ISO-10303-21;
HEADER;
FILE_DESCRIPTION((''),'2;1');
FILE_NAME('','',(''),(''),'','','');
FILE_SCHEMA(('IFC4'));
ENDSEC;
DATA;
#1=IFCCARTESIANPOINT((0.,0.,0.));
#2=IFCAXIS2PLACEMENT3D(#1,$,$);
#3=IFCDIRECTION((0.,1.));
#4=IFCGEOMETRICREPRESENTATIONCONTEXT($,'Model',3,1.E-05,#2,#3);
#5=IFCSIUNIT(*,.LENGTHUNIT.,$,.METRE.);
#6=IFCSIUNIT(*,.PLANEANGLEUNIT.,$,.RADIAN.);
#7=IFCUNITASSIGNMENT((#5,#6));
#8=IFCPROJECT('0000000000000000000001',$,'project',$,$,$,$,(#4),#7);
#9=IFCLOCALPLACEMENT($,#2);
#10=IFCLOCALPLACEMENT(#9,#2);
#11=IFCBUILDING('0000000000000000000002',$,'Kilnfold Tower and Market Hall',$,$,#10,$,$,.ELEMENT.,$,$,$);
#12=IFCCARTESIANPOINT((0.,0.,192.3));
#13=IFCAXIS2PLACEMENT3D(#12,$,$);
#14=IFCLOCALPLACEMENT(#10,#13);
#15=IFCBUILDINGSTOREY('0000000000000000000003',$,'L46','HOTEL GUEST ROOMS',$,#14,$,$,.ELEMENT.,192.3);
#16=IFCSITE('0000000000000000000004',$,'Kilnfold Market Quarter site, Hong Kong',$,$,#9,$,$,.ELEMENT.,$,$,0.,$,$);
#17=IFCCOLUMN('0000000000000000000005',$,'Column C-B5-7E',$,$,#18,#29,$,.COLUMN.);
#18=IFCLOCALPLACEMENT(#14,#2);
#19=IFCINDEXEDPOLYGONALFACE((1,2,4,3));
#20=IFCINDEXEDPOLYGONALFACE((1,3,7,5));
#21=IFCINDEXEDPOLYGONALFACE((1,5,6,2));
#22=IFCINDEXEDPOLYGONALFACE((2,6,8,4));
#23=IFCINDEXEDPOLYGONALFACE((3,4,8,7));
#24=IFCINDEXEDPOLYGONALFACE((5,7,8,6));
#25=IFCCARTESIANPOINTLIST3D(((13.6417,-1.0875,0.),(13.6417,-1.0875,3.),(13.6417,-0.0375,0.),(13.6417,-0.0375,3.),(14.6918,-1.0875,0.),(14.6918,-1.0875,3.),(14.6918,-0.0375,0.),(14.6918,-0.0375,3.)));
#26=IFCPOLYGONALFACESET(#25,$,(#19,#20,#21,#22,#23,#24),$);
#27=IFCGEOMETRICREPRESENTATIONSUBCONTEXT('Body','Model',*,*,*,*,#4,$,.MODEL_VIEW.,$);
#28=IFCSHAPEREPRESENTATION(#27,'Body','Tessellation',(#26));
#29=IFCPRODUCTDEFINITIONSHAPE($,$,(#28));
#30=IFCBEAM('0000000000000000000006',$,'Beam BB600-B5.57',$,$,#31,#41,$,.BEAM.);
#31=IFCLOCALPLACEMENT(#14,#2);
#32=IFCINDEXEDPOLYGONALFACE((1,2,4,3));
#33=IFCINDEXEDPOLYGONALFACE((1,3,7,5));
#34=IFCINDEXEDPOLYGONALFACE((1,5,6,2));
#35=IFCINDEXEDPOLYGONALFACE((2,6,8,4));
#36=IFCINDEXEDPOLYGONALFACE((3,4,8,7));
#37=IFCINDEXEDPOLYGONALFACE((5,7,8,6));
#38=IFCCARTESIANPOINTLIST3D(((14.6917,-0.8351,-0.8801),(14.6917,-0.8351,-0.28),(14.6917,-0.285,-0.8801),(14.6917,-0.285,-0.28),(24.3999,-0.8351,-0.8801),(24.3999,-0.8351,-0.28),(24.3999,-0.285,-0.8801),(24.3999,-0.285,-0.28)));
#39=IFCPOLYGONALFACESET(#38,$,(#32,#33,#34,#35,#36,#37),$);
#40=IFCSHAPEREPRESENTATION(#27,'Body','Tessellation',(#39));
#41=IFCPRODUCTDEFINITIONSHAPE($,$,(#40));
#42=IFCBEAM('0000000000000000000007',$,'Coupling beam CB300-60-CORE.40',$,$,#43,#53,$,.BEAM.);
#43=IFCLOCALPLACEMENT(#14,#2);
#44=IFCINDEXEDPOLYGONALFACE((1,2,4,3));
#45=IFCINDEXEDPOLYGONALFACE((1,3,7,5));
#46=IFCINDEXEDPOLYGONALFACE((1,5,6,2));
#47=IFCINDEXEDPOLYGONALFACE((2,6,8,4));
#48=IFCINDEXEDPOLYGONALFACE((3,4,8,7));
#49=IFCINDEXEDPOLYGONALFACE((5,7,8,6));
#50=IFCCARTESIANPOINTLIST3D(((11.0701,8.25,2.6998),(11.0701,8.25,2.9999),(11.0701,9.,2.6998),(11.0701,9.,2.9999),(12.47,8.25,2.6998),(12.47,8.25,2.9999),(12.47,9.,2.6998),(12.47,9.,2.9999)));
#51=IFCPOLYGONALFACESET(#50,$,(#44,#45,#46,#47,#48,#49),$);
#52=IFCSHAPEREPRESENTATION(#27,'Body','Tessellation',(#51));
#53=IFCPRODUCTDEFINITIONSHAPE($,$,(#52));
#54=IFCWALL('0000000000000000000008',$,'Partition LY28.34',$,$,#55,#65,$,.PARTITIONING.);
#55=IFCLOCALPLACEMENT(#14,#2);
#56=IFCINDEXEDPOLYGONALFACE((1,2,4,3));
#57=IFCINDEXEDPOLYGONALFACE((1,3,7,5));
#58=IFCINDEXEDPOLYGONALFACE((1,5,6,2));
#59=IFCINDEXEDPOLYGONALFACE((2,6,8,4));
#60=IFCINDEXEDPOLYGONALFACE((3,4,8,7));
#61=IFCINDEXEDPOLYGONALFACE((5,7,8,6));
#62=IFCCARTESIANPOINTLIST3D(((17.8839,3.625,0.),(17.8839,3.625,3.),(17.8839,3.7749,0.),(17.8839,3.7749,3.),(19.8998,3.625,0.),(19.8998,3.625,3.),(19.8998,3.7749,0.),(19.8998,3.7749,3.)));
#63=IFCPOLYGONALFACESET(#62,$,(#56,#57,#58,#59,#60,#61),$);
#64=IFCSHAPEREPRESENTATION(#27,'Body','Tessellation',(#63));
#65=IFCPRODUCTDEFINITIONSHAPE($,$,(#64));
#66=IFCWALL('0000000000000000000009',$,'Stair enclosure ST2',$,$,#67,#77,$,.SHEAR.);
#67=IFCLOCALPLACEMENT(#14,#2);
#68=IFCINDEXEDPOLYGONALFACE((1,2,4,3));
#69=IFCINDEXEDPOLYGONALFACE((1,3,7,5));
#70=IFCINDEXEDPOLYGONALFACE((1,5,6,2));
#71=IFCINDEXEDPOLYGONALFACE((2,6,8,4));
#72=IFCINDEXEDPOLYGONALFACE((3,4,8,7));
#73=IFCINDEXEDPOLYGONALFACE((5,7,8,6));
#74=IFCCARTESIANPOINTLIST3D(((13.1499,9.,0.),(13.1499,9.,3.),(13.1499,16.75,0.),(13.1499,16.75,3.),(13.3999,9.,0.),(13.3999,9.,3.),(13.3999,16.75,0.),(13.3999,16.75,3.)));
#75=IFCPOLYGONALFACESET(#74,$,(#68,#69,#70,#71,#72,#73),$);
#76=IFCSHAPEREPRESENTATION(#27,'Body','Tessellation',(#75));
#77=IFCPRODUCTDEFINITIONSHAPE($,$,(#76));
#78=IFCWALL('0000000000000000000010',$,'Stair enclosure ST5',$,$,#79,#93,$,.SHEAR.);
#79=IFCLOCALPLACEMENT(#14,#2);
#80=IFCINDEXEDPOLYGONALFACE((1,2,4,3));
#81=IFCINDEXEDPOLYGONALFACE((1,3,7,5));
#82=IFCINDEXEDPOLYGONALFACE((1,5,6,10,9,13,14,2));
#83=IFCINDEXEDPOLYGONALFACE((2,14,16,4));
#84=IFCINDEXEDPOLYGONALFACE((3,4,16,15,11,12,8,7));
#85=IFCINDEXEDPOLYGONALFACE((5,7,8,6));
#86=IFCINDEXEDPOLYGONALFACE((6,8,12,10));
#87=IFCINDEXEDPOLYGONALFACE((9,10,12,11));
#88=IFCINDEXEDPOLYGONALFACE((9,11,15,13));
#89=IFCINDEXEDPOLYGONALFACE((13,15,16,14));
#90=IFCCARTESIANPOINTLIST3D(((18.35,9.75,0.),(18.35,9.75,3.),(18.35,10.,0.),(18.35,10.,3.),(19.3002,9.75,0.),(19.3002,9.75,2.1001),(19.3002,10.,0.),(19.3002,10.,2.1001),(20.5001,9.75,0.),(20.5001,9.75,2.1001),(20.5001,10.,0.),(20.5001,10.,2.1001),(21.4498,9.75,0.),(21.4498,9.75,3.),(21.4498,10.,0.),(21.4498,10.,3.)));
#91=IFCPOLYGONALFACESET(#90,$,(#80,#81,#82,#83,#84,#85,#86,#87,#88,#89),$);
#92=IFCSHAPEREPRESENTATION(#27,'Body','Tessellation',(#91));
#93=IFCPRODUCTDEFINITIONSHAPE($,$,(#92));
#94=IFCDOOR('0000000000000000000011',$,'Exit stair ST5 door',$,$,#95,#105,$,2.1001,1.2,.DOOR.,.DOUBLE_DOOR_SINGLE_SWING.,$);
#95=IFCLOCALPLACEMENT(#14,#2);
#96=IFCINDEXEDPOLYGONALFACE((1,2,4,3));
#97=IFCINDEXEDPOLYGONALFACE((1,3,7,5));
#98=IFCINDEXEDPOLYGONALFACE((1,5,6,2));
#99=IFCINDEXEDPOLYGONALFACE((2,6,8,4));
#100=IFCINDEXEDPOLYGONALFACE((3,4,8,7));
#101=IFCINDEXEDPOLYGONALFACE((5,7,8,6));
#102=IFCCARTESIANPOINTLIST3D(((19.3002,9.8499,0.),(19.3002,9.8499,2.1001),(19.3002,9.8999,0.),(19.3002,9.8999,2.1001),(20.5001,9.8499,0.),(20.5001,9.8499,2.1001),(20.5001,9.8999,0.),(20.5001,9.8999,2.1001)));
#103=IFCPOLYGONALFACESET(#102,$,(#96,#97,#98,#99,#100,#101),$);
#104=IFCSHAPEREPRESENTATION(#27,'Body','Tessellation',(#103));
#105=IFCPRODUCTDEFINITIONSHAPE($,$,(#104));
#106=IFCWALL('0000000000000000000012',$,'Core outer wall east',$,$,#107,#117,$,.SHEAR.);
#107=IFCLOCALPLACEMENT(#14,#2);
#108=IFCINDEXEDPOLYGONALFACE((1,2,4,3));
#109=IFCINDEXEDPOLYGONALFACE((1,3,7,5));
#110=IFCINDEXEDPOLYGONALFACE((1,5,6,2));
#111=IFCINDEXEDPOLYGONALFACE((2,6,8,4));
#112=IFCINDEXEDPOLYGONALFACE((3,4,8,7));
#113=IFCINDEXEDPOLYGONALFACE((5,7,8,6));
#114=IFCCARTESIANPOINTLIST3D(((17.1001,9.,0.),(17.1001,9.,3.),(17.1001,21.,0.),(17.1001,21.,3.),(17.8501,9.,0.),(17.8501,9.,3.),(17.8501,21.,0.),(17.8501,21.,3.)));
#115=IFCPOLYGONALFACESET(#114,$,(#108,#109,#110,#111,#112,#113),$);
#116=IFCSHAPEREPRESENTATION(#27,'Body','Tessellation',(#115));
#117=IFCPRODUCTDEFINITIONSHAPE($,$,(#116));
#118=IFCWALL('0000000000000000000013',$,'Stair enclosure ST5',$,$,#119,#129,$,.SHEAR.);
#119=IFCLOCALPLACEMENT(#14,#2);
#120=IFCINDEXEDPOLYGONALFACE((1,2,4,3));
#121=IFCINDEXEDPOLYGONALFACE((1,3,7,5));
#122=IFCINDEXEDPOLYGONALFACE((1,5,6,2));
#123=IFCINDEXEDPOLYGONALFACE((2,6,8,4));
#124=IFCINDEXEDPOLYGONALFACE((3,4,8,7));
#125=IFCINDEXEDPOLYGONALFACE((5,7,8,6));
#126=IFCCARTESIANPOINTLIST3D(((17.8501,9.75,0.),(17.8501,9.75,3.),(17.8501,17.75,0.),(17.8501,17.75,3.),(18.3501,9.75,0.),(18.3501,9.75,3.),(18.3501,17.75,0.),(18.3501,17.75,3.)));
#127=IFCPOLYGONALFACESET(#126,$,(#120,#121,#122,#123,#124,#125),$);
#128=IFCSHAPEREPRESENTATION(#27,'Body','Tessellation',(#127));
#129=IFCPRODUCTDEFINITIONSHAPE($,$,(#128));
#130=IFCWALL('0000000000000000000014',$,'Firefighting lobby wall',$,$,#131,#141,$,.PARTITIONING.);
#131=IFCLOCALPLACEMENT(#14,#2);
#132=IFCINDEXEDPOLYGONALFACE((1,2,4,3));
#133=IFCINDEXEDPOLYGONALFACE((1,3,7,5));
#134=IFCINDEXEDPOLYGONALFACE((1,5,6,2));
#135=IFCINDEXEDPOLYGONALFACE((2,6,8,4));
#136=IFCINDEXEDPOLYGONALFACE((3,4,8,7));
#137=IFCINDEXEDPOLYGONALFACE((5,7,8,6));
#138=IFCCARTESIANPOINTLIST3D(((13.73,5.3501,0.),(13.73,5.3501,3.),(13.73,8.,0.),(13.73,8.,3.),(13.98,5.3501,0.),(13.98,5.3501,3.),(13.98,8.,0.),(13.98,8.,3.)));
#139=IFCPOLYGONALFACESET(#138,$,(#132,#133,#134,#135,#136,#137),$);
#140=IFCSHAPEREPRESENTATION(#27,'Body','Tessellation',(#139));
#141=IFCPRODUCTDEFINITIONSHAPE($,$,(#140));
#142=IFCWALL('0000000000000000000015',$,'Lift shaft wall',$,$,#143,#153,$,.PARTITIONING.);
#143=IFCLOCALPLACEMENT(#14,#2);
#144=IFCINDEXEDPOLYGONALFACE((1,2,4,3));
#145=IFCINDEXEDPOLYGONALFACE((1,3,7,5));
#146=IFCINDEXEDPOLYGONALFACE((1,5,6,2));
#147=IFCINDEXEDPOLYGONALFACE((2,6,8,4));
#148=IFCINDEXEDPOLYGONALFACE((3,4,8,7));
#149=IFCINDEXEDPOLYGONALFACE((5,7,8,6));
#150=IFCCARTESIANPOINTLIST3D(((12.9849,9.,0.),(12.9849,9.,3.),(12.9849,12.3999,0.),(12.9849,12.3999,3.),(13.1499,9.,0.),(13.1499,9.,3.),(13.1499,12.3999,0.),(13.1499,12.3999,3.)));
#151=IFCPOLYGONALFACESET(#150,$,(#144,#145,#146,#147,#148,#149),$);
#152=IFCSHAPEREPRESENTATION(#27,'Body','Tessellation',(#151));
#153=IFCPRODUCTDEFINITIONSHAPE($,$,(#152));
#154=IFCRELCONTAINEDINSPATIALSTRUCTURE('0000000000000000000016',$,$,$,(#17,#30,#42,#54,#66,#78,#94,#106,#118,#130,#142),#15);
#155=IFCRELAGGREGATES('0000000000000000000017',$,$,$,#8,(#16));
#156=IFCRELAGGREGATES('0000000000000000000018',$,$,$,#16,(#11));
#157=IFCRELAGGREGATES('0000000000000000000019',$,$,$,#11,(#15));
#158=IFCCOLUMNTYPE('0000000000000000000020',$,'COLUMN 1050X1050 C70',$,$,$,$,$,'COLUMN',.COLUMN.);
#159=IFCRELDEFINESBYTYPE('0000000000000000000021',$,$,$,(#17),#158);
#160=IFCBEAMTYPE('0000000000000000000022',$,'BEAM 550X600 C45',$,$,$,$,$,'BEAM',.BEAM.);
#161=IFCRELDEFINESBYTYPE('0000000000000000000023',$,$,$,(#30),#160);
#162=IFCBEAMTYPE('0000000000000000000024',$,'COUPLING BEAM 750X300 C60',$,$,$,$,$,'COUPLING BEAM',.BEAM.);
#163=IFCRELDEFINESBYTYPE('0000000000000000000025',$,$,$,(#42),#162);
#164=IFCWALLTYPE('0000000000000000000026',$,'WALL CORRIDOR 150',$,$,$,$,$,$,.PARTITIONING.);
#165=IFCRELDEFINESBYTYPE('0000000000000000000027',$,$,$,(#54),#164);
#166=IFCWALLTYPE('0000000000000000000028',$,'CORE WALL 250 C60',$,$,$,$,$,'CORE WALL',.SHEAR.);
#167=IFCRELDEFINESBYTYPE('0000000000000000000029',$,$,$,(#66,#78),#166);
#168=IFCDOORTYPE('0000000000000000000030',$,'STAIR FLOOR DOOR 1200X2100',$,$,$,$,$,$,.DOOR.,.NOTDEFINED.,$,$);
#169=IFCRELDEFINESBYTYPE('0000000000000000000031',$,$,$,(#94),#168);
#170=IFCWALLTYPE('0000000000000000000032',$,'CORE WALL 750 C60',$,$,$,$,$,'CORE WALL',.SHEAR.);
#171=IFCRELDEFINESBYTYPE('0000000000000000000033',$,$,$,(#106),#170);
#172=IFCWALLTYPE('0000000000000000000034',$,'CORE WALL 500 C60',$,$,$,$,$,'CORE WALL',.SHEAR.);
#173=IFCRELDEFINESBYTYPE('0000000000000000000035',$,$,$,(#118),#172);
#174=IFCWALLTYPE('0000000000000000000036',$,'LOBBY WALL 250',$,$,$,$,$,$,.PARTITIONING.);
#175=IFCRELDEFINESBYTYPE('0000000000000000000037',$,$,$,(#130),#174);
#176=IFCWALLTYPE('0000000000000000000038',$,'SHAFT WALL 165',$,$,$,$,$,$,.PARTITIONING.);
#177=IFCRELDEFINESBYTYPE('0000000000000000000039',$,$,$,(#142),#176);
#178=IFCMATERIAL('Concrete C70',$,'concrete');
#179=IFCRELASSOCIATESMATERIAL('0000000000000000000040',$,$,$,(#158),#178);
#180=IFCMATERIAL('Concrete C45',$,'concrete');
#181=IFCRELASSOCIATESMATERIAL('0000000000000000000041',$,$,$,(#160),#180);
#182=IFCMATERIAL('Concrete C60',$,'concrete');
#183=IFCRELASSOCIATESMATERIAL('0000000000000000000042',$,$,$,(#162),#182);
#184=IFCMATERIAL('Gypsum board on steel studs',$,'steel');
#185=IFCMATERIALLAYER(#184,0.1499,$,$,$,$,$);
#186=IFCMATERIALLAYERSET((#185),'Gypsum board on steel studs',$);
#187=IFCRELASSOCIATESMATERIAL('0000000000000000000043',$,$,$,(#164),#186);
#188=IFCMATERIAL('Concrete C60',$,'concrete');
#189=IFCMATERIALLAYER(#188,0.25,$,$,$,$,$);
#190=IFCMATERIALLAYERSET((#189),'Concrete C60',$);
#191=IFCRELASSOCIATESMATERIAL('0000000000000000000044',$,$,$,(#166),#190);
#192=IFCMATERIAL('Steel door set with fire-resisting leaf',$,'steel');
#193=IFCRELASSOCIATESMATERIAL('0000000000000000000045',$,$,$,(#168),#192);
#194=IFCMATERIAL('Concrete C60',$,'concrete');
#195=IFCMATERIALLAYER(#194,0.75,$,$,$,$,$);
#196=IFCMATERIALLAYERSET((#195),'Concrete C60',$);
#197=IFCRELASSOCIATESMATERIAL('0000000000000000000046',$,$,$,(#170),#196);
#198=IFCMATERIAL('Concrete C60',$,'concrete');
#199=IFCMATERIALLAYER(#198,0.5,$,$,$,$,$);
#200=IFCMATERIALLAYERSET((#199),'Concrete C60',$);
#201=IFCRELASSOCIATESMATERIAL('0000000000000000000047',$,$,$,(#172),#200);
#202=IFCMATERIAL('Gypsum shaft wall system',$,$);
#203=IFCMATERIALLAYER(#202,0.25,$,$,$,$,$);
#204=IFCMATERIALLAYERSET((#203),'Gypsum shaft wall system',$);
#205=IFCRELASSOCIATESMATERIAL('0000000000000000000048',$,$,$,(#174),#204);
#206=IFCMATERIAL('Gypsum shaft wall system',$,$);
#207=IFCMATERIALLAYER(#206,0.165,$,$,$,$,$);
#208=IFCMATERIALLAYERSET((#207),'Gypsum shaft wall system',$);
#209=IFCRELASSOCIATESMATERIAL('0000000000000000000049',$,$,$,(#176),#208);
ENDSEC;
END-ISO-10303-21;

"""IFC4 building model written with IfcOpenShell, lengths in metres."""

from ifc_helpers import new_model, si_unit, direction, frame, frame_2d, origin, origin_2d, place, context, subcontext, project, spatial, rectangle, extrude, source, transform, mapped, material, layer, layer_set, material_profile, profile_set, type_object, element, fill, save


model = new_model("IFC4")

# Units and contexts
model_context = context("Model", 3, precision=1e-05, world=origin(), true_north=direction((0.0, 1.0)))
body_context = subcontext(model_context, "Body", "Model", "MODEL_VIEW")
ifc_project = project(units=[si_unit("LENGTHUNIT", "METRE"), si_unit("PLANEANGLEUNIT", "RADIAN")], contexts=[model_context])

# Site, building, storey
site_placement = place(None, origin())
site = spatial("IfcSite", under=ifc_project, at=site_placement, Name="Kilnfold Market Quarter site, Hong Kong", CompositionType="ELEMENT", RefElevation=0.0)
building_placement = place(site_placement, origin())
building = spatial("IfcBuilding", under=site, at=building_placement, Name="Kilnfold Tower and Market Hall", CompositionType="ELEMENT")
storey_placement = place(building_placement, frame((0.0, 0.0, 192.3)))
storey = spatial("IfcBuildingStorey", under=building, at=storey_placement, Name="L46", Description="HOTEL GUEST ROOMS", CompositionType="ELEMENT", Elevation=192.3)

# Column
ifc_material_1 = material(Name="Concrete C70", Category="concrete")
ifc_material_profile_1 = material_profile(ifc_material_1, rectangle(XDim=1.05, YDim=1.05, at=origin_2d()), Name="RC 1050x1050")
ifc_profile_set_1 = profile_set([ifc_material_profile_1], Name="Concrete C70")
column_type = type_object("IfcColumnType", Name="COLUMN 1050X1050 C70", ElementType="COLUMN", PredefinedType="COLUMN", material=ifc_profile_set_1)
shared_shape_1 = source(origin(), body_context, "Body", "SweptSolid", [
    extrude(rectangle(XDim=1.05, YDim=1.05, at=origin_2d()), origin(), (0.0, 0.0, 1.0), 3.0),
])
column_placement = place(storey_placement, frame((14.1667, -0.5625, 0.0), z_axis=(0.0, 0.0, 1.0), x_axis=(1.0, 0.0, 0.0)))
element("IfcColumn", 1, at=column_placement, inside=storey, type_object=column_type, Name="Column C-B5-7E", PredefinedType="COLUMN", context=body_context, shape_type="MappedRepresentation", body=[
    mapped(shared_shape_1, transform((0.0, 0.0, 0.0))),
])

# Beams
ifc_material_2 = material(Name="Concrete C45", Category="concrete")
ifc_material_profile_2 = material_profile(ifc_material_2, rectangle(XDim=0.55, YDim=0.6001, at=origin_2d()), Name="RC 550x600")
ifc_profile_set_2 = profile_set([ifc_material_profile_2], Name="Concrete C45")
beam_type_1 = type_object("IfcBeamType", Name="BEAM 550X600 C45", ElementType="BEAM", PredefinedType="BEAM", material=ifc_profile_set_2)
shared_shape_2 = source(origin(), body_context, "Body", "SweptSolid", [
    extrude(rectangle(XDim=0.55, YDim=0.6001, at=origin_2d()), origin(), (0.0, 0.0, 1.0), 9.7083),
])
beam_1_placement = place(storey_placement, frame((14.6917, -0.5601, -0.5801), z_axis=(1.0, 0.0, 0.0), x_axis=(0.0, 1.0, 0.0)))
element("IfcBeam", 2, at=beam_1_placement, inside=storey, type_object=beam_type_1, Name="Beam BB600-B5.57", PredefinedType="BEAM", context=body_context, shape_type="MappedRepresentation", body=[
    mapped(shared_shape_2, transform((0.0, 0.0, 0.0))),
])
ifc_material_3 = material(Name="Concrete C60", Category="concrete")
ifc_material_profile_3 = material_profile(ifc_material_3, rectangle(XDim=0.75, YDim=0.3, at=origin_2d()), Name="RC 750x300")
ifc_profile_set_3 = profile_set([ifc_material_profile_3], Name="Concrete C60")
beam_type_2 = type_object("IfcBeamType", Name="COUPLING BEAM 750X300 C60", ElementType="COUPLING BEAM", PredefinedType="BEAM", material=ifc_profile_set_3)
shared_shape_3 = source(origin(), body_context, "Body", "SweptSolid", [
    extrude(rectangle(XDim=0.75, YDim=0.3, at=origin_2d()), origin(), (0.0, 0.0, 1.0), 1.3999),
])
beam_2_placement = place(storey_placement, frame((11.0701, 8.625, 2.8499), z_axis=(1.0, 0.0, 0.0), x_axis=(0.0, 1.0, 0.0)))
element("IfcBeam", 3, at=beam_2_placement, inside=storey, type_object=beam_type_2, Name="Coupling beam CB300-60-CORE.40", PredefinedType="BEAM", context=body_context, shape_type="MappedRepresentation", body=[
    mapped(shared_shape_3, transform((0.0, 0.0, 0.0))),
])

# Walls
ifc_material_4 = material(Name="Gypsum board on steel studs", Category="steel")
ifc_layer_1 = layer(ifc_material_4, 0.1499)
ifc_layer_set_1 = layer_set([ifc_layer_1], Name="Gypsum board on steel studs")
wall_type_1 = type_object("IfcWallType", Name="WALL CORRIDOR 150", PredefinedType="PARTITIONING", material=ifc_layer_set_1)
wall_1_placement = place(storey_placement, frame((17.884, 3.7, 0.0), z_axis=(0.0, 0.0, 1.0), x_axis=(1.0, 0.0, 0.0)))
element("IfcWall", 4, at=wall_1_placement, inside=storey, type_object=wall_type_1, Name="Partition LY28.34", PredefinedType="PARTITIONING", context=body_context, shape_type="SweptSolid", body=[
    extrude(rectangle(XDim=2.0159, YDim=0.1499, at=frame_2d((1.0078, 0.0))), origin(), (0.0, 0.0, 1.0), 3.0),
])
ifc_material_5 = material(Name="Concrete C60", Category="concrete")
ifc_layer_2 = layer(ifc_material_5, 0.25)
ifc_layer_set_2 = layer_set([ifc_layer_2], Name="Concrete C60")
wall_type_2 = type_object("IfcWallType", Name="CORE WALL 250 C60", ElementType="CORE WALL", PredefinedType="SHEAR", material=ifc_layer_set_2)
shared_shape_4 = source(origin(), body_context, "Body", "SweptSolid", [
    extrude(rectangle(XDim=7.75, YDim=0.25, at=frame_2d((3.875, 0.0))), origin(), (0.0, 0.0, 1.0), 3.0),
])
wall_2_placement = place(storey_placement, frame((13.2749, 9.0, 0.0), z_axis=(0.0, 0.0, 1.0), x_axis=(0.0, 1.0, 0.0)))
element("IfcWall", 5, at=wall_2_placement, inside=storey, type_object=wall_type_2, Name="Stair enclosure ST2", PredefinedType="SHEAR", context=body_context, shape_type="MappedRepresentation", body=[
    mapped(shared_shape_4, transform((0.0, 0.0, 0.0))),
])

# Wall, opening, door
shared_shape_5 = source(origin(), body_context, "Body", "SweptSolid", [
    extrude(rectangle(XDim=3.0999, YDim=0.25, at=frame_2d((1.5498, 0.0))), origin(), (0.0, 0.0, 1.0), 3.0),
])
wall_3_placement = place(storey_placement, frame((18.3501, 9.875, 0.0), z_axis=(0.0, 0.0, 1.0), x_axis=(1.0, 0.0, 0.0)))
wall_3 = element("IfcWall", 6, at=wall_3_placement, inside=storey, type_object=wall_type_2, Name="Stair enclosure ST5", PredefinedType="SHEAR", context=body_context, shape_type="MappedRepresentation", body=[
    mapped(shared_shape_5, transform((0.0, 0.0, 0.0))),
])
opening_1_placement = place(wall_3_placement, frame((0.95, 0.0, 0.0)))
opening_1 = element("IfcOpeningElement", 7, at=opening_1_placement, cuts=wall_3, PredefinedType="OPENING", context=body_context, shape_type="SweptSolid", body=[
    extrude(rectangle(XDim=1.2, YDim=2.1001, at=frame_2d((0.6001, 1.05))), frame((0.0, 0.135, 0.0), z_axis=(0.0, -1.0, 0.0), x_axis=(1.0, 0.0, 0.0)), (0.0, 0.0, 1.0), 0.27),
])
ifc_material_6 = material(Name="Steel door set with fire-resisting leaf", Category="steel")
door_type_1 = type_object("IfcDoorType", Name="STAIR FLOOR DOOR 1200X2100", OperationType="NOTDEFINED", PredefinedType="DOOR", material=ifc_material_6)
door_1_placement = place(opening_1_placement, origin())
door_1 = element("IfcDoor", 8, at=door_1_placement, inside=storey, type_object=door_type_1, Name="Exit stair ST5 door", OperationType="DOUBLE_DOOR_SINGLE_SWING", OverallHeight=2.1001, OverallWidth=1.2, PredefinedType="DOOR", context=body_context, shape_type="SweptSolid", body=[
    extrude(rectangle(XDim=1.2, YDim=2.1001, at=frame_2d((0.6001, 1.05))), frame((0.0, 0.0249, 0.0), z_axis=(0.0, -1.0, 0.0), x_axis=(1.0, 0.0, 0.0)), (0.0, 0.0, 1.0), 0.05),
])
fill(opening_1, door_1)
ifc_material_7 = material(Name="Concrete C60", Category="concrete")
ifc_layer_3 = layer(ifc_material_7, 0.75)
ifc_layer_set_3 = layer_set([ifc_layer_3], Name="Concrete C60")
wall_type_3 = type_object("IfcWallType", Name="CORE WALL 750 C60", ElementType="CORE WALL", PredefinedType="SHEAR", material=ifc_layer_set_3)

# Walls
shared_shape_6 = source(origin(), body_context, "Body", "SweptSolid", [
    extrude(rectangle(XDim=12.0, YDim=0.75, at=frame_2d((6.0, 0.0))), origin(), (0.0, 0.0, 1.0), 3.0),
])
wall_4_placement = place(storey_placement, frame((17.4751, 9.0, 0.0), z_axis=(0.0, 0.0, 1.0), x_axis=(0.0, 1.0, 0.0)))
element("IfcWall", 9, at=wall_4_placement, inside=storey, type_object=wall_type_3, Name="Core outer wall east", PredefinedType="SHEAR", context=body_context, shape_type="MappedRepresentation", body=[
    mapped(shared_shape_6, transform((0.0, 0.0, 0.0))),
])
ifc_material_8 = material(Name="Concrete C60", Category="concrete")
ifc_layer_4 = layer(ifc_material_8, 0.5)
ifc_layer_set_4 = layer_set([ifc_layer_4], Name="Concrete C60")
wall_type_4 = type_object("IfcWallType", Name="CORE WALL 500 C60", ElementType="CORE WALL", PredefinedType="SHEAR", material=ifc_layer_set_4)
shared_shape_7 = source(origin(), body_context, "Body", "SweptSolid", [
    extrude(rectangle(XDim=8.0, YDim=0.5, at=frame_2d((4.0, 0.0))), origin(), (0.0, 0.0, 1.0), 3.0),
])
wall_5_placement = place(storey_placement, frame((18.1001, 9.75, 0.0), z_axis=(0.0, 0.0, 1.0), x_axis=(0.0, 1.0, 0.0)))
element("IfcWall", 10, at=wall_5_placement, inside=storey, type_object=wall_type_4, Name="Stair enclosure ST5", PredefinedType="SHEAR", context=body_context, shape_type="MappedRepresentation", body=[
    mapped(shared_shape_7, transform((0.0, 0.0, 0.0))),
])
ifc_material_9 = material(Name="Gypsum shaft wall system")
ifc_layer_5 = layer(ifc_material_9, 0.25)
ifc_layer_set_5 = layer_set([ifc_layer_5], Name="Gypsum shaft wall system")
wall_type_5 = type_object("IfcWallType", Name="LOBBY WALL 250", PredefinedType="PARTITIONING", material=ifc_layer_set_5)
shared_shape_8 = source(origin(), body_context, "Body", "SweptSolid", [
    extrude(rectangle(XDim=2.6499, YDim=0.25, at=frame_2d((1.325, 0.0))), origin(), (0.0, 0.0, 1.0), 3.0),
])
wall_6_placement = place(storey_placement, frame((13.855, 5.3501, 0.0), z_axis=(0.0, 0.0, 1.0), x_axis=(0.0, 1.0, 0.0)))
element("IfcWall", 11, at=wall_6_placement, inside=storey, type_object=wall_type_5, Name="Firefighting lobby wall", PredefinedType="PARTITIONING", context=body_context, shape_type="MappedRepresentation", body=[
    mapped(shared_shape_8, transform((0.0, 0.0, 0.0))),
])
ifc_material_10 = material(Name="Gypsum shaft wall system")
ifc_layer_6 = layer(ifc_material_10, 0.165)
ifc_layer_set_6 = layer_set([ifc_layer_6], Name="Gypsum shaft wall system")
wall_type_6 = type_object("IfcWallType", Name="SHAFT WALL 165", PredefinedType="PARTITIONING", material=ifc_layer_set_6)
shared_shape_9 = source(origin(), body_context, "Body", "SweptSolid", [
    extrude(rectangle(XDim=3.3999, YDim=0.165, at=frame_2d((1.7, 0.0))), origin(), (0.0, 0.0, 1.0), 3.0),
])
wall_7_placement = place(storey_placement, frame((13.0674, 9.0, 0.0), z_axis=(0.0, 0.0, 1.0), x_axis=(0.0, 1.0, 0.0)))
element("IfcWall", 12, at=wall_7_placement, inside=storey, type_object=wall_type_6, Name="Lift shaft wall", PredefinedType="PARTITIONING", context=body_context, shape_type="MappedRepresentation", body=[
    mapped(shared_shape_9, transform((0.0, 0.0, 0.0))),
])

save(model, "model.ifc")
